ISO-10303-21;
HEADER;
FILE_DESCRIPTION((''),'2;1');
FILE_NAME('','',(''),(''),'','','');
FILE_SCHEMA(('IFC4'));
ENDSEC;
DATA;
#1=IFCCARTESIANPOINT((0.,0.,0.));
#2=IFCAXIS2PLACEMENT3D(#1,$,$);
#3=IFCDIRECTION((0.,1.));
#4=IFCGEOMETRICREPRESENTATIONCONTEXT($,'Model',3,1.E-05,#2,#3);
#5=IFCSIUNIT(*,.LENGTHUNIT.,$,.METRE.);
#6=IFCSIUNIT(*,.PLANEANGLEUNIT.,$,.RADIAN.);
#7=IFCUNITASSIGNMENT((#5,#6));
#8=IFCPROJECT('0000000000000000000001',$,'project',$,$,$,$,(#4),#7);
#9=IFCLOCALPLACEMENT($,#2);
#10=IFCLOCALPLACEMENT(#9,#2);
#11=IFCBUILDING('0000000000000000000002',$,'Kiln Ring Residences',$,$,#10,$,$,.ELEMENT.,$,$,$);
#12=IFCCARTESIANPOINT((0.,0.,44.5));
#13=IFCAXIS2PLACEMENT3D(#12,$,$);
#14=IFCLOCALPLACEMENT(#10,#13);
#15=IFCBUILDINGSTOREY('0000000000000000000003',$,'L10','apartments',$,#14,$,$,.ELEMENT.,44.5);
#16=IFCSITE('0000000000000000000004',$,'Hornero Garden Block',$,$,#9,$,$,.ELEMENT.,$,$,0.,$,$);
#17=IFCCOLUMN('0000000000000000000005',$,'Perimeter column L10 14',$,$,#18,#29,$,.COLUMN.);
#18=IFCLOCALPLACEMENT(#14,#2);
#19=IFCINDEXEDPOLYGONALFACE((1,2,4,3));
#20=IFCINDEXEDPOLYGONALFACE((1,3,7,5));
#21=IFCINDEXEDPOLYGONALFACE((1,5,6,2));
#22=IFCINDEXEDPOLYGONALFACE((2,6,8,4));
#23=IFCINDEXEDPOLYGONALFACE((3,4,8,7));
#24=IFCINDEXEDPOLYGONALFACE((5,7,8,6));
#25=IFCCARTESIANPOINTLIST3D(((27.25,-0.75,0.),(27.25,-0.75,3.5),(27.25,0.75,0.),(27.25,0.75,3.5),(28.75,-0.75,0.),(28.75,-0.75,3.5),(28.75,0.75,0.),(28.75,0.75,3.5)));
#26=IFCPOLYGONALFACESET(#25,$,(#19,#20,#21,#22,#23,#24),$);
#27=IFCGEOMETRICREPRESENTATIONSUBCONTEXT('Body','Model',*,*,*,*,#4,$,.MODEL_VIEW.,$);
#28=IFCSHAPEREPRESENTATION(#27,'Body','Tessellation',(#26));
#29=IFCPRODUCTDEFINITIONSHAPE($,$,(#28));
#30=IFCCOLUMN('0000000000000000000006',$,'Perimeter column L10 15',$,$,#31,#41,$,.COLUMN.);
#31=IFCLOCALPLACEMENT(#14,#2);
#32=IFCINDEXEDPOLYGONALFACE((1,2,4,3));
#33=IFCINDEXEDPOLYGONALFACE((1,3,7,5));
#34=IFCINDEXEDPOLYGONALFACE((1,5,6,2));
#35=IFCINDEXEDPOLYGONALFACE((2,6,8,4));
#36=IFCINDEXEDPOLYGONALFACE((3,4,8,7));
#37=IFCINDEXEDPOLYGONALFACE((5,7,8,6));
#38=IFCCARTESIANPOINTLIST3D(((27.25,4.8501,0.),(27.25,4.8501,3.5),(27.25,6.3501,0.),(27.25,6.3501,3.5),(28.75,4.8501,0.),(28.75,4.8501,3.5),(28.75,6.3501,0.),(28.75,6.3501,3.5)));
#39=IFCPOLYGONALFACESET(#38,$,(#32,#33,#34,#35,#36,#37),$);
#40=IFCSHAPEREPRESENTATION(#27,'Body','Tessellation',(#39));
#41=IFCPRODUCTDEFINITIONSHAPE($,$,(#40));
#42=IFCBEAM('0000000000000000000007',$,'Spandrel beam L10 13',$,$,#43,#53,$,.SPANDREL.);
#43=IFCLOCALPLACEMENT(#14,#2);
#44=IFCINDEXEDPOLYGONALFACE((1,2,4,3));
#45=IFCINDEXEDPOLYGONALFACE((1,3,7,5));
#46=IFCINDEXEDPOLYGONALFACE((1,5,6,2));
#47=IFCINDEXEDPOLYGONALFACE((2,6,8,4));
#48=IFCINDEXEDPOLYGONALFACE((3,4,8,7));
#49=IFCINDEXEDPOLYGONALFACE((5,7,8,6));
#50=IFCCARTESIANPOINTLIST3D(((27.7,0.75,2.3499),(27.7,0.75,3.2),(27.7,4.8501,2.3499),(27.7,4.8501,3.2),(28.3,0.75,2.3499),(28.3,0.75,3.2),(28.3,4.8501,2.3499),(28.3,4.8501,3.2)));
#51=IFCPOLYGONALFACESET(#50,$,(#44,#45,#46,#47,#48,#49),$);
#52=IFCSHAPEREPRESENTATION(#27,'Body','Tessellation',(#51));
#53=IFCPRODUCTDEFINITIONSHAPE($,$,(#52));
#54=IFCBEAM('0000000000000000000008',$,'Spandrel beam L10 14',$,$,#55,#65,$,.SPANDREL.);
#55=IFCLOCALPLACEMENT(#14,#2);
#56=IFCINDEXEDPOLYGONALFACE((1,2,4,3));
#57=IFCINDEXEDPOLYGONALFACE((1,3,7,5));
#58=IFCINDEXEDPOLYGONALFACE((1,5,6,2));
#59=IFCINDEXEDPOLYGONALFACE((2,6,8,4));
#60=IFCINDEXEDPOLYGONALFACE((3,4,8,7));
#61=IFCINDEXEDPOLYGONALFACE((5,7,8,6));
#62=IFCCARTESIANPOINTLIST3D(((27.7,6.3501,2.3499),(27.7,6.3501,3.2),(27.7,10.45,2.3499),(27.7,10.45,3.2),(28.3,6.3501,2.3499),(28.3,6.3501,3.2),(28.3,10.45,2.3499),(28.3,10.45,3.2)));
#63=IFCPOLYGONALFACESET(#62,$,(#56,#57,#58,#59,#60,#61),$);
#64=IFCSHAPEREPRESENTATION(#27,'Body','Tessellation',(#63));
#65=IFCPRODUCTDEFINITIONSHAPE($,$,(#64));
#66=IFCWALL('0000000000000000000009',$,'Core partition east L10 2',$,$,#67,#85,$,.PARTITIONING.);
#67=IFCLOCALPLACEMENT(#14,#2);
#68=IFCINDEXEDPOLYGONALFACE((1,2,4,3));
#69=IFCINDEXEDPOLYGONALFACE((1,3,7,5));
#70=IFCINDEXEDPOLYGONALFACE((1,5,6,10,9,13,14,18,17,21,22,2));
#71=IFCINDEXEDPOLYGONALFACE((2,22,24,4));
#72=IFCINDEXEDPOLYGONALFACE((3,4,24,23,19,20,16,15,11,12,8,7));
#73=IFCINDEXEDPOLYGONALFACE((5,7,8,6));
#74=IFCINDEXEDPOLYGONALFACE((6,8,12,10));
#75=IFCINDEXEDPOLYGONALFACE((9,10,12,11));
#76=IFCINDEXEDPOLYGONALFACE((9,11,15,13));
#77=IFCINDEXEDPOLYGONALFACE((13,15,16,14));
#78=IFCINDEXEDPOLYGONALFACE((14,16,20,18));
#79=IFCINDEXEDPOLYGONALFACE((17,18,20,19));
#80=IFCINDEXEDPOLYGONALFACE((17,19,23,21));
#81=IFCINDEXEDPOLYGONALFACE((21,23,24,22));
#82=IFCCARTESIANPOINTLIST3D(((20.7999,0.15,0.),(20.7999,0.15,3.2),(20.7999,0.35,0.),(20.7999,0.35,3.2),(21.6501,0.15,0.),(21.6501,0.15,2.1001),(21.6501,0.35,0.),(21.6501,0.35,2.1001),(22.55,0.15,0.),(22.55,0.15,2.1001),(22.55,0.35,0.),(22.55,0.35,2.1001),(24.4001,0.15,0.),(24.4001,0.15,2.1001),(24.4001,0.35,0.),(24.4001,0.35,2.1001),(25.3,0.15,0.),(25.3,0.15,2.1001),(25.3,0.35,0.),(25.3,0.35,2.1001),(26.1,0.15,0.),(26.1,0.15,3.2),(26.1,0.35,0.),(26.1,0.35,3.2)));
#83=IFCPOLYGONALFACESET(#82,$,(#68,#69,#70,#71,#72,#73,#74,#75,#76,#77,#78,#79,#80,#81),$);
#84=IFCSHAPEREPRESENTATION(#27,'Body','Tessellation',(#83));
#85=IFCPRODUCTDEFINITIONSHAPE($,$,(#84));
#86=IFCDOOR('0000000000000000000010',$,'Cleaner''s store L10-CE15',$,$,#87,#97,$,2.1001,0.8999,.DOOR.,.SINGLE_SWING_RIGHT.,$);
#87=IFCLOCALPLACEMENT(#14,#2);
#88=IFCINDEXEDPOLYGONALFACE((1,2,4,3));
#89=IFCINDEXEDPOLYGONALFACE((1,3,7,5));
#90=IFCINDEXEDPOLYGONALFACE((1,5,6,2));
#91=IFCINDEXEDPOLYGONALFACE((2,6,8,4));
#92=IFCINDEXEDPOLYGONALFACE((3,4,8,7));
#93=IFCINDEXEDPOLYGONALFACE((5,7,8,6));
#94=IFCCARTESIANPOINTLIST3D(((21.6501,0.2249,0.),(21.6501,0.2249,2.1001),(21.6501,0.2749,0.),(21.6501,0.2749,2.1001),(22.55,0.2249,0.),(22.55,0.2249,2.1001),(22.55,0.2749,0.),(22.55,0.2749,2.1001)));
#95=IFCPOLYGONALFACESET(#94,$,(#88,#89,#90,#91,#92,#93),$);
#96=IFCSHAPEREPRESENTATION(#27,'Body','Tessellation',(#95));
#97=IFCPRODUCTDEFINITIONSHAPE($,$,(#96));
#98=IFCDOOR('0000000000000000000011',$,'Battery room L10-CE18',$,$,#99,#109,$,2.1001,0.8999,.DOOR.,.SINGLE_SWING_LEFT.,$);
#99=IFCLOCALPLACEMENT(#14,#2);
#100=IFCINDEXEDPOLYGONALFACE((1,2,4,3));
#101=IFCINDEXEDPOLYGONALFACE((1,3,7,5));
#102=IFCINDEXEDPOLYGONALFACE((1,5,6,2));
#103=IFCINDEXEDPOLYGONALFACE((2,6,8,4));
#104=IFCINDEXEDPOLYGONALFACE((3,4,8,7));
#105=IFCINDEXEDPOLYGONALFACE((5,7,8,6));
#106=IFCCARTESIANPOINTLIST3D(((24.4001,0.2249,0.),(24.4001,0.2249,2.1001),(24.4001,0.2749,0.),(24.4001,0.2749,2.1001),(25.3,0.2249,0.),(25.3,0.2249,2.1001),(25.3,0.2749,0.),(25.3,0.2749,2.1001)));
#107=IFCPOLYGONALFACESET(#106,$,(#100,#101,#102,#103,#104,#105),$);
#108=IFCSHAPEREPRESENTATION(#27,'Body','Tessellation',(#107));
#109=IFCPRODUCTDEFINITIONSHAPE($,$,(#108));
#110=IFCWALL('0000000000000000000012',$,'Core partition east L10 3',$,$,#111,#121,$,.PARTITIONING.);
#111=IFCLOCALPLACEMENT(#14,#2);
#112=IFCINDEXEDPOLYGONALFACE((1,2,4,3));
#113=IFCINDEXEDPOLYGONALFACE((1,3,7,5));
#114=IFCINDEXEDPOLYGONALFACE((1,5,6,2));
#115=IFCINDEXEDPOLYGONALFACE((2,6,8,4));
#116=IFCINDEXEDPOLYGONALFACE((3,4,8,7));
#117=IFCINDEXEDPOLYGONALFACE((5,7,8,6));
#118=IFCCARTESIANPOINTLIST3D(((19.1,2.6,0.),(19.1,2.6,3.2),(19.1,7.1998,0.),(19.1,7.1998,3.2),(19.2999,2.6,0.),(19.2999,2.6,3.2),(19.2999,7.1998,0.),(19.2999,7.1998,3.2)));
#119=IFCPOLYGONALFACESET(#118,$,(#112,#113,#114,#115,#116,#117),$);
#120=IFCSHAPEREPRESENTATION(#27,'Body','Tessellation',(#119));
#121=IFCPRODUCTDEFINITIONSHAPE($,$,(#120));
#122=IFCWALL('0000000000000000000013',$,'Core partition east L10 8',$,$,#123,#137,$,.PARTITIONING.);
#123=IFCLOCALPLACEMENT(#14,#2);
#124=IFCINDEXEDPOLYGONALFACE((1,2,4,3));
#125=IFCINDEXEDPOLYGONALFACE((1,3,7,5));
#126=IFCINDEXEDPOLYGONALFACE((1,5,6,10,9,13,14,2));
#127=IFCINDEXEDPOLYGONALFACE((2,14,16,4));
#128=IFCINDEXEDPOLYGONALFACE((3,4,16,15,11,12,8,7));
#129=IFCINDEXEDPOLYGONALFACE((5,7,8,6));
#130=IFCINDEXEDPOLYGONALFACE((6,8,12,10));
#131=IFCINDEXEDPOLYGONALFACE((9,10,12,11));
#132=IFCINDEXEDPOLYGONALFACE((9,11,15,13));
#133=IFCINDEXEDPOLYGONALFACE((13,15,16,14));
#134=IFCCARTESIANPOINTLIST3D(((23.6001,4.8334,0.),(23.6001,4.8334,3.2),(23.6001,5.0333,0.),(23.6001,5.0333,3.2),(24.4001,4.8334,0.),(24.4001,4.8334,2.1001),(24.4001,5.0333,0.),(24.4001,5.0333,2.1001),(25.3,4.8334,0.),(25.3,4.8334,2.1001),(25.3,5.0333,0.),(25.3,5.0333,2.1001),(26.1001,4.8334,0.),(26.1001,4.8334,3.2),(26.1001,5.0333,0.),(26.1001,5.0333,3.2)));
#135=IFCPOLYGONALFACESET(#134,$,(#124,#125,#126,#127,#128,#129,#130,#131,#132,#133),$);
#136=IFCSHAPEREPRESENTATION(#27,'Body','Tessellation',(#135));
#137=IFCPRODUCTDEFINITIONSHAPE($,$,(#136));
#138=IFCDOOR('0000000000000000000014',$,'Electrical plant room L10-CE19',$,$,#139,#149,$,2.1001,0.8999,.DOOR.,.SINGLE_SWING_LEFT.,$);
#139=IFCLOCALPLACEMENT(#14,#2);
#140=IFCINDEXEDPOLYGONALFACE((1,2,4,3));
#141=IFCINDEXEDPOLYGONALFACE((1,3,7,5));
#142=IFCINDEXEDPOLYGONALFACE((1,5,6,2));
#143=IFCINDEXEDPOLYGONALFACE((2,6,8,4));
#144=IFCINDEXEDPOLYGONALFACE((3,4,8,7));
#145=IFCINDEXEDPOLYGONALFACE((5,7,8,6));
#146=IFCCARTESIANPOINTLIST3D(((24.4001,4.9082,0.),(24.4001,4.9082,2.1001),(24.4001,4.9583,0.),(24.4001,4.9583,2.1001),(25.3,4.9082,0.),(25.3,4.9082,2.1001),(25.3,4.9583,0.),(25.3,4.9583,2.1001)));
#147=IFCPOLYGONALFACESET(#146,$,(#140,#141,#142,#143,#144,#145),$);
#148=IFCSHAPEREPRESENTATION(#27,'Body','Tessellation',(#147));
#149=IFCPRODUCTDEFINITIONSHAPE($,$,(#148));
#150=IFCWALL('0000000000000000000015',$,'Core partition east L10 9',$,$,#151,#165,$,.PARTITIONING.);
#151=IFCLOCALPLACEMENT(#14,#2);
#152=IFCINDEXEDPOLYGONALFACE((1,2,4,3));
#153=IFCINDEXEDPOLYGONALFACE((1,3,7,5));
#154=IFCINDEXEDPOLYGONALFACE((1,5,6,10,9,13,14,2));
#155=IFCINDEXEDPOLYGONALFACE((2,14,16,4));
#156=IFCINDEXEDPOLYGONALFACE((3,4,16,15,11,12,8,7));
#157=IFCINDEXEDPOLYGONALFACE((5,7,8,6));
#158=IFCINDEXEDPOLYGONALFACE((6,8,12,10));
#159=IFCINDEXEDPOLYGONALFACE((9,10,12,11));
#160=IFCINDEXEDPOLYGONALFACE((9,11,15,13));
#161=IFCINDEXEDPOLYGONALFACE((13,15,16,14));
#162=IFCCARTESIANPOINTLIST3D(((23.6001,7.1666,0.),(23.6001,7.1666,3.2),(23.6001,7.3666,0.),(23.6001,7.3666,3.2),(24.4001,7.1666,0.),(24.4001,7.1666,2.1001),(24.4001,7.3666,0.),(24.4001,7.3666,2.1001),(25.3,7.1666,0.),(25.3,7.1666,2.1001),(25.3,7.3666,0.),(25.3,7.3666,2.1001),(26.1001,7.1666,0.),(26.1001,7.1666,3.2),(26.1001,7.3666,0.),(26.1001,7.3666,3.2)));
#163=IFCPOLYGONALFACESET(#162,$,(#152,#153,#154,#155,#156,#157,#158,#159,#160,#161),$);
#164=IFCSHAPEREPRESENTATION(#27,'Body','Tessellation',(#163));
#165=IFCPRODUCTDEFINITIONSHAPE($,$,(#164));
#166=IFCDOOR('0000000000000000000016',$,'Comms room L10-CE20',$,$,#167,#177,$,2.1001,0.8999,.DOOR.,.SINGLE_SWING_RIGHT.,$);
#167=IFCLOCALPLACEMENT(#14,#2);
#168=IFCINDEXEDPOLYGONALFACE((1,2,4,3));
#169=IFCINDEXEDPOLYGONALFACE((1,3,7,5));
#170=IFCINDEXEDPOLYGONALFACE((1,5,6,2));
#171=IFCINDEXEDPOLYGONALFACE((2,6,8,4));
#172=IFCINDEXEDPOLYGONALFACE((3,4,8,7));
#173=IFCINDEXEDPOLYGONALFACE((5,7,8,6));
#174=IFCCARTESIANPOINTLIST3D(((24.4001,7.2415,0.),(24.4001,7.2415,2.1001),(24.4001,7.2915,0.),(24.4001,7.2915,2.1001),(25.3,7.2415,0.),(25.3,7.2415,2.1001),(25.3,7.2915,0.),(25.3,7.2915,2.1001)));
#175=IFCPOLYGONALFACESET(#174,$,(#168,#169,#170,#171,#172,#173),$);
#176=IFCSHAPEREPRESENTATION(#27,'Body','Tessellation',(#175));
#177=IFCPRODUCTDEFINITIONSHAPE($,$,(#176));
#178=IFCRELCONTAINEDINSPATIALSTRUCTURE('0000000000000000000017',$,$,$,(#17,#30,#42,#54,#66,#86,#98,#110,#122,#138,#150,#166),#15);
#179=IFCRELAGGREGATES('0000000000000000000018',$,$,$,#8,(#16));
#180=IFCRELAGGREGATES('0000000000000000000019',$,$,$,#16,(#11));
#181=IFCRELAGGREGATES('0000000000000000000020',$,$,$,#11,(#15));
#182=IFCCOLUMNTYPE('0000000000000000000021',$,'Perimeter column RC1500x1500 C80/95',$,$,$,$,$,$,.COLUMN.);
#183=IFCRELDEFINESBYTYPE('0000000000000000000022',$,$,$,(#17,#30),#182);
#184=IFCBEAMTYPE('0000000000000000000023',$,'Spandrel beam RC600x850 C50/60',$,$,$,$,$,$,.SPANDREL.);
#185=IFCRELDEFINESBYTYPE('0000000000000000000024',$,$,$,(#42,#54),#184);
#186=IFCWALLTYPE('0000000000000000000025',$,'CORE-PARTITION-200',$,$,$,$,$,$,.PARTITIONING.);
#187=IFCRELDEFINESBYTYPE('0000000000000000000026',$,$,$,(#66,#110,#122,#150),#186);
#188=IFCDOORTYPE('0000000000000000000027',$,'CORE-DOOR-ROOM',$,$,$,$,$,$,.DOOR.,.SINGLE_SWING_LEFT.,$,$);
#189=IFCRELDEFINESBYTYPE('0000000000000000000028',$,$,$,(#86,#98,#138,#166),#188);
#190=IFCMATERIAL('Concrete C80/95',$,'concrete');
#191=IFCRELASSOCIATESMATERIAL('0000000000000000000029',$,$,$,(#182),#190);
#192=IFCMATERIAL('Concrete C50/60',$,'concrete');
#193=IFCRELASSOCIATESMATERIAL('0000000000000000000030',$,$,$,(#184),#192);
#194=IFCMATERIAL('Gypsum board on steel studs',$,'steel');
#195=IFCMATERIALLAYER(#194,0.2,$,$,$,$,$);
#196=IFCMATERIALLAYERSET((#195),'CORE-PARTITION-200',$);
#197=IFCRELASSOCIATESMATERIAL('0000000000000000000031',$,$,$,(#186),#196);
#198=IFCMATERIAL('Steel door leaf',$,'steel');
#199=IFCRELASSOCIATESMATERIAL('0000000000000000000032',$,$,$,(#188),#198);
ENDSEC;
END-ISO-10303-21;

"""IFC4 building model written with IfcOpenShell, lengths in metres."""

from ifc_helpers import new_model, si_unit, direction, frame, frame_2d, origin, origin_2d, place, context, subcontext, project, spatial, rectangle, extrude, material, layer, layer_set, material_profile, profile_set, type_object, element, fill, save


model = new_model("IFC4")

# Units and contexts
model_context = context("Model", 3, precision=1e-05, world=origin(), true_north=direction((0.0, 1.0)))
body_context = subcontext(model_context, "Body", "Model", "MODEL_VIEW")
ifc_project = project(units=[si_unit("LENGTHUNIT", "METRE"), si_unit("PLANEANGLEUNIT", "RADIAN")], contexts=[model_context])

# Site, building, storey
site_placement = place(None, origin())
site = spatial("IfcSite", under=ifc_project, at=site_placement, Name="Hornero Garden Block", CompositionType="ELEMENT", RefElevation=0.0)
building_placement = place(site_placement, origin())
building = spatial("IfcBuilding", under=site, at=building_placement, Name="Kiln Ring Residences", CompositionType="ELEMENT")
storey_placement = place(building_placement, frame((0.0, 0.0, 44.5)))
storey = spatial("IfcBuildingStorey", under=building, at=storey_placement, Name="L10", Description="apartments", CompositionType="ELEMENT", Elevation=44.5)

# Columns
ifc_material_1 = material(Name="Concrete C80/95", Category="concrete")
ifc_material_profile_1 = material_profile(ifc_material_1, rectangle(XDim=1.5, YDim=1.5, at=origin_2d()), Name="RC1500x1500")
ifc_profile_set_1 = profile_set([ifc_material_profile_1], Name="Concrete C80/95")
column_type = type_object("IfcColumnType", Name="Perimeter column RC1500x1500 C80/95", PredefinedType="COLUMN", material=ifc_profile_set_1)
for number, where, z_axis, x_axis, name in (
    (1, (28.0, 0.0, 0.0), (0.0, 0.0, 1.0), (1.0, 0.0, 0.0), "Perimeter column L10 14"),
    (2, (28.0, 5.6001, 0.0), (0.0, 0.0, 1.0), (1.0, 0.0, 0.0), "Perimeter column L10 15"),
):
    element("IfcColumn", number, at=place(storey_placement, frame(where, z_axis=z_axis, x_axis=x_axis)), inside=storey, type_object=column_type, Name=name, PredefinedType="COLUMN", context=body_context, shape_type="SweptSolid", body=[
        extrude(rectangle(XDim=1.5, YDim=1.5, at=origin_2d()), origin(), (0.0, 0.0, 1.0), 3.5),
    ])

# Beams
ifc_material_2 = material(Name="Concrete C50/60", Category="concrete")
ifc_material_profile_2 = material_profile(ifc_material_2, rectangle(XDim=0.6001, YDim=0.8501, at=origin_2d()), Name="RC600x850")
ifc_profile_set_2 = profile_set([ifc_material_profile_2], Name="Concrete C50/60")
beam_type = type_object("IfcBeamType", Name="Spandrel beam RC600x850 C50/60", PredefinedType="SPANDREL", material=ifc_profile_set_2)
beam_1_placement = place(storey_placement, frame((28.0, 0.75, 2.7749), z_axis=(0.0, 1.0, 0.0), x_axis=(-1.0, 0.0, 0.0)))
element("IfcBeam", 3, at=beam_1_placement, inside=storey, type_object=beam_type, Name="Spandrel beam L10 13", PredefinedType="SPANDREL", context=body_context, shape_type="SweptSolid", body=[
    extrude(rectangle(XDim=0.6001, YDim=0.8501, at=origin_2d()), origin(), (0.0, 0.0, 1.0), 4.1001),
])
beam_2_placement = place(storey_placement, frame((28.0, 6.3501, 2.7749), z_axis=(0.0, 1.0, 0.0), x_axis=(-1.0, 0.0, 0.0)))
element("IfcBeam", 4, at=beam_2_placement, inside=storey, type_object=beam_type, Name="Spandrel beam L10 14", PredefinedType="SPANDREL", context=body_context, shape_type="SweptSolid", body=[
    extrude(rectangle(XDim=0.6001, YDim=0.8501, at=origin_2d()), origin(), (0.0, 0.0, 1.0), 4.0999),
])

# Wall, openings, doors
ifc_material_3 = material(Name="Gypsum board on steel studs", Category="steel")
ifc_layer_1 = layer(ifc_material_3, 0.2)
ifc_layer_set_1 = layer_set([ifc_layer_1], Name="CORE-PARTITION-200")
wall_type_1 = type_object("IfcWallType", Name="CORE-PARTITION-200", PredefinedType="PARTITIONING", material=ifc_layer_set_1)
wall_1_placement = place(storey_placement, frame((20.8, 0.25, 0.0), z_axis=(0.0, 0.0, 1.0), x_axis=(1.0, 0.0, 0.0)))
wall_1 = element("IfcWall", 5, at=wall_1_placement, inside=storey, type_object=wall_type_1, Name="Core partition east L10 2", PredefinedType="PARTITIONING", context=body_context, shape_type="SweptSolid", body=[
    extrude(rectangle(XDim=5.3, YDim=0.2, at=frame_2d((2.6499, 0.0))), origin(), (0.0, 0.0, 1.0), 3.2),
])
opening_1_placement = place(wall_1_placement, frame((0.8501, 0.0, 0.0)))
opening_1 = element("IfcOpeningElement", 6, at=opening_1_placement, cuts=wall_1, PredefinedType="OPENING", context=body_context, shape_type="SweptSolid", body=[
    extrude(rectangle(XDim=0.8999, YDim=2.1001, at=frame_2d((0.45, 1.05))), frame((0.0, 0.1099, 0.0), z_axis=(0.0, -1.0, 0.0), x_axis=(1.0, 0.0, 0.0)), (0.0, 0.0, 1.0), 0.22),
])
opening_2_placement = place(wall_1_placement, frame((3.6001, 0.0, 0.0)))
opening_2 = element("IfcOpeningElement", 7, at=opening_2_placement, cuts=wall_1, PredefinedType="OPENING", context=body_context, shape_type="SweptSolid", body=[
    extrude(rectangle(XDim=0.8999, YDim=2.1001, at=frame_2d((0.45, 1.05))), frame((0.0, 0.1099, 0.0), z_axis=(0.0, -1.0, 0.0), x_axis=(1.0, 0.0, 0.0)), (0.0, 0.0, 1.0), 0.22),
])
ifc_material_4 = material(Name="Steel door leaf", Category="steel")
door_type = type_object("IfcDoorType", Name="CORE-DOOR-ROOM", OperationType="SINGLE_SWING_LEFT", PredefinedType="DOOR", material=ifc_material_4)
door_1_placement = place(opening_1_placement, origin())
door_1 = element("IfcDoor", 8, at=door_1_placement, inside=storey, type_object=door_type, Name="Cleaner's store L10-CE15", OperationType="SINGLE_SWING_RIGHT", OverallHeight=2.1001, OverallWidth=0.8999, PredefinedType="DOOR", context=body_context, shape_type="SweptSolid", body=[
    extrude(rectangle(XDim=0.8999, YDim=2.1001, at=frame_2d((0.45, 1.05))), frame((0.0, 0.0249, 0.0), z_axis=(0.0, -1.0, 0.0), x_axis=(1.0, 0.0, 0.0)), (0.0, 0.0, 1.0), 0.05),
])
fill(opening_1, door_1)
door_2_placement = place(opening_2_placement, origin())
door_2 = element("IfcDoor", 9, at=door_2_placement, inside=storey, type_object=door_type, Name="Battery room L10-CE18", OperationType="SINGLE_SWING_LEFT", OverallHeight=2.1001, OverallWidth=0.8999, PredefinedType="DOOR", context=body_context, shape_type="SweptSolid", body=[
    extrude(rectangle(XDim=0.8999, YDim=2.1001, at=frame_2d((0.45, 1.05))), frame((0.0, 0.0249, 0.0), z_axis=(0.0, -1.0, 0.0), x_axis=(1.0, 0.0, 0.0)), (0.0, 0.0, 1.0), 0.05),
])
fill(opening_2, door_2)

# Wall
wall_2_placement = place(storey_placement, frame((19.2, 2.6001, 0.0), z_axis=(0.0, 0.0, 1.0), x_axis=(0.0, 1.0, 0.0)))
element("IfcWall", 10, at=wall_2_placement, inside=storey, type_object=wall_type_1, Name="Core partition east L10 3", PredefinedType="PARTITIONING", context=body_context, shape_type="SweptSolid", body=[
    extrude(rectangle(XDim=4.5999, YDim=0.2, at=frame_2d((2.2998, 0.0))), origin(), (0.0, 0.0, 1.0), 3.2),
])

# Walls, openings, doors
wall_3_placement = place(storey_placement, frame((23.6001, 4.9333, 0.0), z_axis=(0.0, 0.0, 1.0), x_axis=(1.0, 0.0, 0.0)))
wall_3 = element("IfcWall", 11, at=wall_3_placement, inside=storey, type_object=wall_type_1, Name="Core partition east L10 8", PredefinedType="PARTITIONING", context=body_context, shape_type="SweptSolid", body=[
    extrude(rectangle(XDim=2.5, YDim=0.2, at=frame_2d((1.25, 0.0))), origin(), (0.0, 0.0, 1.0), 3.2),
])
opening_3_placement = place(wall_3_placement, frame((0.8, 0.0, 0.0)))
opening_3 = element("IfcOpeningElement", 12, at=opening_3_placement, cuts=wall_3, PredefinedType="OPENING", context=body_context, shape_type="SweptSolid", body=[
    extrude(rectangle(XDim=0.8999, YDim=2.1001, at=frame_2d((0.45, 1.05))), frame((0.0, 0.1099, 0.0), z_axis=(0.0, -1.0, 0.0), x_axis=(1.0, 0.0, 0.0)), (0.0, 0.0, 1.0), 0.22),
])
door_3_placement = place(opening_3_placement, origin())
door_3 = element("IfcDoor", 13, at=door_3_placement, inside=storey, type_object=door_type, Name="Electrical plant room L10-CE19", OperationType="SINGLE_SWING_LEFT", OverallHeight=2.1001, OverallWidth=0.8999, PredefinedType="DOOR", context=body_context, shape_type="SweptSolid", body=[
    extrude(rectangle(XDim=0.8999, YDim=2.1001, at=frame_2d((0.45, 1.05))), frame((0.0, 0.0249, 0.0), z_axis=(0.0, -1.0, 0.0), x_axis=(1.0, 0.0, 0.0)), (0.0, 0.0, 1.0), 0.05),
])
fill(opening_3, door_3)
wall_4_placement = place(storey_placement, frame((23.6001, 7.2666, 0.0), z_axis=(0.0, 0.0, 1.0), x_axis=(1.0, 0.0, 0.0)))
wall_4 = element("IfcWall", 14, at=wall_4_placement, inside=storey, type_object=wall_type_1, Name="Core partition east L10 9", PredefinedType="PARTITIONING", context=body_context, shape_type="SweptSolid", body=[
    extrude(rectangle(XDim=2.5, YDim=0.2, at=frame_2d((1.25, 0.0))), origin(), (0.0, 0.0, 1.0), 3.2),
])
opening_4_placement = place(wall_4_placement, frame((0.8, 0.0, 0.0)))
opening_4 = element("IfcOpeningElement", 15, at=opening_4_placement, cuts=wall_4, PredefinedType="OPENING", context=body_context, shape_type="SweptSolid", body=[
    extrude(rectangle(XDim=0.8999, YDim=2.1001, at=frame_2d((0.45, 1.05))), frame((0.0, 0.1099, 0.0), z_axis=(0.0, -1.0, 0.0), x_axis=(1.0, 0.0, 0.0)), (0.0, 0.0, 1.0), 0.22),
])
door_4_placement = place(opening_4_placement, origin())
door_4 = element("IfcDoor", 16, at=door_4_placement, inside=storey, type_object=door_type, Name="Comms room L10-CE20", OperationType="SINGLE_SWING_RIGHT", OverallHeight=2.1001, OverallWidth=0.8999, PredefinedType="DOOR", context=body_context, shape_type="SweptSolid", body=[
    extrude(rectangle(XDim=0.8999, YDim=2.1001, at=frame_2d((0.45, 1.05))), frame((0.0, 0.0249, 0.0), z_axis=(0.0, -1.0, 0.0), x_axis=(1.0, 0.0, 0.0)), (0.0, 0.0, 1.0), 0.05),
])
fill(opening_4, door_4)

save(model, "model.ifc")
